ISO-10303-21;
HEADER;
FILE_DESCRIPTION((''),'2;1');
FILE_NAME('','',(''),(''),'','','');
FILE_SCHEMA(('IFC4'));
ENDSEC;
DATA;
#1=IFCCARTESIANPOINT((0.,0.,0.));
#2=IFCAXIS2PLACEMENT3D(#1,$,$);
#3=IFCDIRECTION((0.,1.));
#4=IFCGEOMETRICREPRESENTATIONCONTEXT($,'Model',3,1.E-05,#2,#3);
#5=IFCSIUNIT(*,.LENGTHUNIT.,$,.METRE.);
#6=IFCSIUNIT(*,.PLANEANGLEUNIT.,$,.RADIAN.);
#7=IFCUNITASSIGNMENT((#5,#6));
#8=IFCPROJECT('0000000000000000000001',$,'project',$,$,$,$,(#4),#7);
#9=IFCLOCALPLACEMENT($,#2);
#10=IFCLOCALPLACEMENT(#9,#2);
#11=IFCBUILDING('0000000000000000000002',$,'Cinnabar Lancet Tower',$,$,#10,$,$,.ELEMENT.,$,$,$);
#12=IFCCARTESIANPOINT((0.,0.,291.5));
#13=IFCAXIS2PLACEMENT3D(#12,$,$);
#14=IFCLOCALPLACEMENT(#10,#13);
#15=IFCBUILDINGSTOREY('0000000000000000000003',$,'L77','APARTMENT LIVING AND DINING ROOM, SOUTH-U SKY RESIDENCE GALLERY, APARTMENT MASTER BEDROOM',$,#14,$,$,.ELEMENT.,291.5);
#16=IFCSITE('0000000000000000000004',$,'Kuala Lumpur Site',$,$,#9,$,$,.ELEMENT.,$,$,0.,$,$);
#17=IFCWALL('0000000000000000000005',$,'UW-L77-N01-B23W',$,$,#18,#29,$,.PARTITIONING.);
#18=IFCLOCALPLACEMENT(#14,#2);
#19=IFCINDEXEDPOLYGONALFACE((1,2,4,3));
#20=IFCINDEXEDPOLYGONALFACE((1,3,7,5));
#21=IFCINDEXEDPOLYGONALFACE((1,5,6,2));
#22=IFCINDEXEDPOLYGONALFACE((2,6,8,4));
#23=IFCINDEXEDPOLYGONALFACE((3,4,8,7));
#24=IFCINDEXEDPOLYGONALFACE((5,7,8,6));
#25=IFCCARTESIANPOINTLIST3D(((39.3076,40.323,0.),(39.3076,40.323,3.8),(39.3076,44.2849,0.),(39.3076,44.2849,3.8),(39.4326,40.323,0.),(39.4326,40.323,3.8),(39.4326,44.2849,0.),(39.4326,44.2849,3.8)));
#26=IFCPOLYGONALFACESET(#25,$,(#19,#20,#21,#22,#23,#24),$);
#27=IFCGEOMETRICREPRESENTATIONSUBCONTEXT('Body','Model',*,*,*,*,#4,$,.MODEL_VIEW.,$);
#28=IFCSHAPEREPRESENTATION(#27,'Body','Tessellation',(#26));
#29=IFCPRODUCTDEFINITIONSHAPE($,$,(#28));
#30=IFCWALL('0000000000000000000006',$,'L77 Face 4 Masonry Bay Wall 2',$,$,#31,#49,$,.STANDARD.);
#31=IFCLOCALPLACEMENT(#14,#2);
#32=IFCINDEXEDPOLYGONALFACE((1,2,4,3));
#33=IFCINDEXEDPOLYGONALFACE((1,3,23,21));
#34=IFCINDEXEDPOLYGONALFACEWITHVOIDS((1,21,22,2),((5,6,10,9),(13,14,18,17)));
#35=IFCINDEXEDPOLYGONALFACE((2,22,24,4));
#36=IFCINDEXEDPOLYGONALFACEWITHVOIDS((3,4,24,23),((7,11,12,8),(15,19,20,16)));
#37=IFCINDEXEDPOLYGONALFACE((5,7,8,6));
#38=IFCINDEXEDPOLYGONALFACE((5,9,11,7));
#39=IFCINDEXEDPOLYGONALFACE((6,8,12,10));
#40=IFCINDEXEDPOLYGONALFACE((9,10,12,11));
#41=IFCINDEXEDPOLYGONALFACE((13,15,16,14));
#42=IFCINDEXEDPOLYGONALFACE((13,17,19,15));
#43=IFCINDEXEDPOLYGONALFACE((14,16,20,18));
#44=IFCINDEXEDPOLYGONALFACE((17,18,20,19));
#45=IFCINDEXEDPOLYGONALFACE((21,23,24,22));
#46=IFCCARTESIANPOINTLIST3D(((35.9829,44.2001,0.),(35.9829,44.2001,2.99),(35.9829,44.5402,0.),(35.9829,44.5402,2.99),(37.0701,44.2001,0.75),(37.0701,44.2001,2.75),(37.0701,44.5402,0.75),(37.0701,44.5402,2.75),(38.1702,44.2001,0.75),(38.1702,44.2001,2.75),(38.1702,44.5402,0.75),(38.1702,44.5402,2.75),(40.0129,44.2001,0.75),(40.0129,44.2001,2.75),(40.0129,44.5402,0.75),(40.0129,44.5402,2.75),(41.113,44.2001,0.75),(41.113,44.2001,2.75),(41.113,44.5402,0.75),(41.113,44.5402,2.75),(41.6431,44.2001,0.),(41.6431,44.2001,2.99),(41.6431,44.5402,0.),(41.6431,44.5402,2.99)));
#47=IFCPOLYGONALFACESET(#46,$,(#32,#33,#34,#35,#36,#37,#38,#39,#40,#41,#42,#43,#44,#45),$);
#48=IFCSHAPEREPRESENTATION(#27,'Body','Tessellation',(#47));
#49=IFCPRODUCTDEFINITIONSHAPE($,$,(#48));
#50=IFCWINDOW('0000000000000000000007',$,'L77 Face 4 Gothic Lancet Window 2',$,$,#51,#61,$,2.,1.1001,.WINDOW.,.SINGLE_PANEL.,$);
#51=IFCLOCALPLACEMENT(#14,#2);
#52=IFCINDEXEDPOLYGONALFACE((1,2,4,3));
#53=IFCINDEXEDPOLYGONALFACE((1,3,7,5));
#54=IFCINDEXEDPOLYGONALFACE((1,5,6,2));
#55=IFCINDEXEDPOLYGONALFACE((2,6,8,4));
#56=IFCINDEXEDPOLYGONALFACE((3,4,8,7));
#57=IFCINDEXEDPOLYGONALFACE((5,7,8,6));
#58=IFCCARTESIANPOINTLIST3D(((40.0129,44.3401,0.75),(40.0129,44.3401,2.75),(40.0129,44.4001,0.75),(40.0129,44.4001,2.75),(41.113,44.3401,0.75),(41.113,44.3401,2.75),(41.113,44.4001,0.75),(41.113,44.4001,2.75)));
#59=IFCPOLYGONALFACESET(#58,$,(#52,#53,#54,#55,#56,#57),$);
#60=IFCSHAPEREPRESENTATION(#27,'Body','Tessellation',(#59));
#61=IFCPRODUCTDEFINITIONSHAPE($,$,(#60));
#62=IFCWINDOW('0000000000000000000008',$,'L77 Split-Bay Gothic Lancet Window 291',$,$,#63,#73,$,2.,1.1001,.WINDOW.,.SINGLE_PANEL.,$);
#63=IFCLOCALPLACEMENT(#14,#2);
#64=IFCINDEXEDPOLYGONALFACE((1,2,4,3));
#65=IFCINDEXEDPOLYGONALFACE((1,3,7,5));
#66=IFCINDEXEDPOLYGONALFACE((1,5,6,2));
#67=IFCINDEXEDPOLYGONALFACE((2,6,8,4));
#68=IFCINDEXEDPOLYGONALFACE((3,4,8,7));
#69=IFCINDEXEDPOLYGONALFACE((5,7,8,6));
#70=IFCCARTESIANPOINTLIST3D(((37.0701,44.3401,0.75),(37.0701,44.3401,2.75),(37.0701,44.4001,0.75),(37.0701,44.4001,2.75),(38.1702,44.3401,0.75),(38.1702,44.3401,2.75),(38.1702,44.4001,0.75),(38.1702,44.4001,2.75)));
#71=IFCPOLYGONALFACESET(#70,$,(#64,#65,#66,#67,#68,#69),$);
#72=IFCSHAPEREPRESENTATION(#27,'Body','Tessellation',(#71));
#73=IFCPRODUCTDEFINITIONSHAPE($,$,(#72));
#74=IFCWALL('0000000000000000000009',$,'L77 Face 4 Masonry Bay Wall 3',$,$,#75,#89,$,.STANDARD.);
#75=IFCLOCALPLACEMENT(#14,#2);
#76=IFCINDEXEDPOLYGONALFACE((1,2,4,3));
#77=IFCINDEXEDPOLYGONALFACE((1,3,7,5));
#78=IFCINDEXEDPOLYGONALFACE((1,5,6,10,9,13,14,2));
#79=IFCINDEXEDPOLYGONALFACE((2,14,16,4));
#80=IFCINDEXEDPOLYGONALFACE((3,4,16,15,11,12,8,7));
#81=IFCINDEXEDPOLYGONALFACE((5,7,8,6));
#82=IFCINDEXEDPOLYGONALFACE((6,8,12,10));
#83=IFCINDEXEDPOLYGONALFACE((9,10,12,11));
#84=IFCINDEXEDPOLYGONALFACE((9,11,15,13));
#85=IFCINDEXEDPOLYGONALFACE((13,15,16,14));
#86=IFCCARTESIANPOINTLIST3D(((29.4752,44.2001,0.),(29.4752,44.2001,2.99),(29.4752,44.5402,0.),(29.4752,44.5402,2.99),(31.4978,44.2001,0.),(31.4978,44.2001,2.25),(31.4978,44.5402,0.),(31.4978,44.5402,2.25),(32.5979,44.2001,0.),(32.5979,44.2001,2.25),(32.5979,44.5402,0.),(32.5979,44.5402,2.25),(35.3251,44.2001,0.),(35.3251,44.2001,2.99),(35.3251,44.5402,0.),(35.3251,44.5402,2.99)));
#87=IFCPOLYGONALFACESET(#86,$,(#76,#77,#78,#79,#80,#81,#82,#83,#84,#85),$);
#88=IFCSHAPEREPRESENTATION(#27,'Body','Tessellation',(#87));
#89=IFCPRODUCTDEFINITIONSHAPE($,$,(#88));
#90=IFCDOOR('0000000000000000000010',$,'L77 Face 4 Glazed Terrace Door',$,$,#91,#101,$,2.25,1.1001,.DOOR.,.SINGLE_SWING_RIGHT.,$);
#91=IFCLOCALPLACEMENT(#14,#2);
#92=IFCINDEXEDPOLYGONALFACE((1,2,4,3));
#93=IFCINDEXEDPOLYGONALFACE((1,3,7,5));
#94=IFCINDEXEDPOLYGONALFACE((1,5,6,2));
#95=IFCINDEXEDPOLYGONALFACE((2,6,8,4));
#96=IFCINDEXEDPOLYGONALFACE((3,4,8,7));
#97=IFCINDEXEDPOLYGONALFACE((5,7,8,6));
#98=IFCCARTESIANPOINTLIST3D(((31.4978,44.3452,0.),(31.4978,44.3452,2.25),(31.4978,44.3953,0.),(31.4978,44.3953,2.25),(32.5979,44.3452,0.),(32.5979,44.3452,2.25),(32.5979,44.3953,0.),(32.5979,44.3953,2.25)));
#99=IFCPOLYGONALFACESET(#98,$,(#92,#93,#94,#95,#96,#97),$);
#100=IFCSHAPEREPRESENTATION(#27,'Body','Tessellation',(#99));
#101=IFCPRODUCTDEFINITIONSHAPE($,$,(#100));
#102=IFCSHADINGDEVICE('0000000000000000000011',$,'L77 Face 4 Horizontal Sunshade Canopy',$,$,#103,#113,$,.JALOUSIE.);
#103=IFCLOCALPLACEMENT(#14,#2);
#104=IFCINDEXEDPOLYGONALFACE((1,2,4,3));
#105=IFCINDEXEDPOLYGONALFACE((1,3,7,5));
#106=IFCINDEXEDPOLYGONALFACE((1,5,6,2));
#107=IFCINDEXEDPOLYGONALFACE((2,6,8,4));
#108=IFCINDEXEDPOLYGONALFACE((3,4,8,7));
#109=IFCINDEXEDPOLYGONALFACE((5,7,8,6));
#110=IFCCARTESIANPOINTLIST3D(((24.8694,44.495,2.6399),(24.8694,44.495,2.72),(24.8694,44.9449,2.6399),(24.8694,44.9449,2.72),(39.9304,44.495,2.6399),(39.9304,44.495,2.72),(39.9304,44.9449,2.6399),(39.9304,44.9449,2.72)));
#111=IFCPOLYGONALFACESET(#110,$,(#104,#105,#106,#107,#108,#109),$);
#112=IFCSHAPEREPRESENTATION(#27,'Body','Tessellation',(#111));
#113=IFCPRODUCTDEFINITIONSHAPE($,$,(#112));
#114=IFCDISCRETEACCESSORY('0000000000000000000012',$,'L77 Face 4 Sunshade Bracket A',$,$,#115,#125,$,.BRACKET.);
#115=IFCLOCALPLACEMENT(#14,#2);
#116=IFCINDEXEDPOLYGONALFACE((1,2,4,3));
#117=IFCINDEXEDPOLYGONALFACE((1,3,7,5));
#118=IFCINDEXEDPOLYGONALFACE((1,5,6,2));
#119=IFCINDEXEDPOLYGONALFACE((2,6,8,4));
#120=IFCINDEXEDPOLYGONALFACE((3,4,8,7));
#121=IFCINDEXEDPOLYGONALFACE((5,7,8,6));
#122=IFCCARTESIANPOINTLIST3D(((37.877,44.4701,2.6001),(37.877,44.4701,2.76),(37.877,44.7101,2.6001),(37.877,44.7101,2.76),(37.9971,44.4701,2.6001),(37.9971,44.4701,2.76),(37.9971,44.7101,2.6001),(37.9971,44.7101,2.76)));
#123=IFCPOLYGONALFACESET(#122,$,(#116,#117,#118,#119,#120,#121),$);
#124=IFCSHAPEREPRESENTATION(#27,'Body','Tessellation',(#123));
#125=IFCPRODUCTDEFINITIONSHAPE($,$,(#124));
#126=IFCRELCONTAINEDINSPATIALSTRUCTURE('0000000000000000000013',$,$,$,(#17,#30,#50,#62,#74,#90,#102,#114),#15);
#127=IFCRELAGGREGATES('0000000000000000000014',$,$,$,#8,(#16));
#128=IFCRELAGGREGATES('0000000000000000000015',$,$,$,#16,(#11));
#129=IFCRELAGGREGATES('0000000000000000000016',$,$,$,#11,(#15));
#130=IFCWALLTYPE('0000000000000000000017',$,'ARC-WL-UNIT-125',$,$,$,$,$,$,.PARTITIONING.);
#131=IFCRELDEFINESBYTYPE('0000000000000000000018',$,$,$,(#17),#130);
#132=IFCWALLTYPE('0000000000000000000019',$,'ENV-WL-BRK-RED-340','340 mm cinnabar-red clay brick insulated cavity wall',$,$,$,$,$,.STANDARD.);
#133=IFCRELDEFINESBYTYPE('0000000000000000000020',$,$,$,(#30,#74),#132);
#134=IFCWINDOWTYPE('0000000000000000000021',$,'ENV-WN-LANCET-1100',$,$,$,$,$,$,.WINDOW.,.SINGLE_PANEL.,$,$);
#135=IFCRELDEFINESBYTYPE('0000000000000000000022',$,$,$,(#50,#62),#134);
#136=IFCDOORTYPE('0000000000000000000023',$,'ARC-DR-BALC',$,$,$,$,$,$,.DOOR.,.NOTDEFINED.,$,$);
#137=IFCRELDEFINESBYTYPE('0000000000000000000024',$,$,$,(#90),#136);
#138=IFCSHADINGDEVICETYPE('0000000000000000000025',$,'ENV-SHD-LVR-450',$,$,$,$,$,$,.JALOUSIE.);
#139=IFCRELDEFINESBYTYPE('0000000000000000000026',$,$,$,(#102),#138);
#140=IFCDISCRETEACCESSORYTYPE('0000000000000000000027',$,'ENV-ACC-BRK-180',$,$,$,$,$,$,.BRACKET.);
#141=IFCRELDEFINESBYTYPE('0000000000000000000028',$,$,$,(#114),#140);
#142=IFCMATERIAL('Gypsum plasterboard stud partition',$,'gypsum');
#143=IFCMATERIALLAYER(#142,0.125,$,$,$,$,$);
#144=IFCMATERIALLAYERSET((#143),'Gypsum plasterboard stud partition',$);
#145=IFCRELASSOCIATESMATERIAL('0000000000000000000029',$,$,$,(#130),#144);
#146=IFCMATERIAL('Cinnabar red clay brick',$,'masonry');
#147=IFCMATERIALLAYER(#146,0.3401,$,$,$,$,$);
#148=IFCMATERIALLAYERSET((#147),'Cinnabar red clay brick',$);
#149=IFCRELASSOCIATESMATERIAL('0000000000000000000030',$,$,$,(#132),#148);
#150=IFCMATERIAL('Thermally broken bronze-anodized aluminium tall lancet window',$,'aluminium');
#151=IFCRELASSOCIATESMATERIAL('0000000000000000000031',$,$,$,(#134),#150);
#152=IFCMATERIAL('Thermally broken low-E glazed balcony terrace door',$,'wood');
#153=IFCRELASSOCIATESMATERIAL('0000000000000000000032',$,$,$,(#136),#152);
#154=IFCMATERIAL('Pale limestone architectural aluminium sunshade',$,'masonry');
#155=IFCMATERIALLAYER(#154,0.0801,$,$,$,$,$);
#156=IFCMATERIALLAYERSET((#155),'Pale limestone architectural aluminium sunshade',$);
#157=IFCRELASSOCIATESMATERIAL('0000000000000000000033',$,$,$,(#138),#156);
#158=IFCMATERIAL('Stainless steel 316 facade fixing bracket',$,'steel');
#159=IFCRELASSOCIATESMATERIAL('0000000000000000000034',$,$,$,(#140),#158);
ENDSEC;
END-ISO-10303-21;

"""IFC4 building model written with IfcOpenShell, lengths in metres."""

from ifc_helpers import new_model, si_unit, direction, frame, frame_2d, origin, origin_2d, place, context, subcontext, project, spatial, rectangle, extrude, material, layer, layer_set, type_object, element, fill, save


model = new_model("IFC4")

# Units and contexts
model_context = context("Model", 3, precision=1e-05, world=origin(), true_north=direction((0.0, 1.0)))
body_context = subcontext(model_context, "Body", "Model", "MODEL_VIEW")
ifc_project = project(units=[si_unit("LENGTHUNIT", "METRE"), si_unit("PLANEANGLEUNIT", "RADIAN")], contexts=[model_context])

# Site, building, storey
site_placement = place(None, origin())
site = spatial("IfcSite", under=ifc_project, at=site_placement, Name="Kuala Lumpur Site", CompositionType="ELEMENT", RefElevation=0.0)
building_placement = place(site_placement, origin())
building = spatial("IfcBuilding", under=site, at=building_placement, Name="Cinnabar Lancet Tower", CompositionType="ELEMENT")
storey_placement = place(building_placement, frame((0.0, 0.0, 291.5)))
storey = spatial("IfcBuildingStorey", under=building, at=storey_placement, Name="L77", Description="APARTMENT LIVING AND DINING ROOM, SOUTH-U SKY RESIDENCE GALLERY, APARTMENT MASTER BEDROOM", CompositionType="ELEMENT", Elevation=291.5)

# Shared definitions
ifc_material_1 = material(Name="Gypsum plasterboard stud partition", Category="gypsum")
ifc_layer_1 = layer(ifc_material_1, 0.125)
ifc_layer_set_1 = layer_set([ifc_layer_1], Name="Gypsum plasterboard stud partition")
wall_type_1 = type_object("IfcWallType", Name="ARC-WL-UNIT-125", PredefinedType="PARTITIONING", material=ifc_layer_set_1)

# Wall
for number, where, z_axis, x_axis, name in (
    (1, (39.3701, 40.323, 0.0), (0.0, 0.0, 1.0), (0.0, 1.0, 0.0), "UW-L77-N01-B23W"),
):
    element("IfcWall", number, at=place(storey_placement, frame(where, z_axis=z_axis, x_axis=x_axis)), inside=storey, type_object=wall_type_1, Name=name, PredefinedType="PARTITIONING", context=body_context, shape_type="SweptSolid", body=[
        extrude(rectangle(XDim=3.9619, YDim=0.125, at=frame_2d((1.981, 0.0))), origin(), (0.0, 0.0, 1.0), 3.8),
    ])

# Wall, openings, windows
ifc_material_2 = material(Name="Cinnabar red clay brick", Category="masonry")
ifc_layer_2 = layer(ifc_material_2, 0.3401)
ifc_layer_set_2 = layer_set([ifc_layer_2], Name="Cinnabar red clay brick")
wall_type_2 = type_object("IfcWallType", Name="ENV-WL-BRK-RED-340", Description="340 mm cinnabar-red clay brick insulated cavity wall", PredefinedType="STANDARD", material=ifc_layer_set_2)
wall_1_placement = place(storey_placement, frame((41.6431, 44.3701, 0.0), z_axis=(0.0, 0.0, 1.0), x_axis=(-1.0, 0.0, 0.0)))
wall_1 = element("IfcWall", 2, at=wall_1_placement, inside=storey, type_object=wall_type_2, Name="L77 Face 4 Masonry Bay Wall 2", PredefinedType="STANDARD", context=body_context, shape_type="SweptSolid", body=[
    extrude(rectangle(XDim=5.6602, YDim=0.3401, at=frame_2d((2.8301, 0.0))), origin(), (0.0, 0.0, 1.0), 2.99),
])
opening_1_placement = place(wall_1_placement, frame((0.53, 0.0, 0.75)))
opening_1 = element("IfcOpeningElement", 3, at=opening_1_placement, cuts=wall_1, PredefinedType="OPENING", context=body_context, shape_type="SweptSolid", body=[
    extrude(rectangle(XDim=1.1001, YDim=2.0, at=frame_2d((0.55, 1.0))), frame((0.0, 0.1799, 0.0), z_axis=(0.0, -1.0, 0.0), x_axis=(1.0, 0.0, 0.0)), (0.0, 0.0, 1.0), 0.3601),
])
opening_2_placement = place(wall_1_placement, frame((3.4729, 0.0, 0.75)))
opening_2 = element("IfcOpeningElement", 4, at=opening_2_placement, cuts=wall_1, PredefinedType="OPENING", context=body_context, shape_type="SweptSolid", body=[
    extrude(rectangle(XDim=1.1001, YDim=2.0, at=frame_2d((0.55, 1.0))), frame((0.0, 0.1799, 0.0), z_axis=(0.0, -1.0, 0.0), x_axis=(1.0, 0.0, 0.0)), (0.0, 0.0, 1.0), 0.3601),
])
ifc_material_3 = material(Name="Thermally broken bronze-anodized aluminium tall lancet window", Category="aluminium")
window_type = type_object("IfcWindowType", Name="ENV-WN-LANCET-1100", PartitioningType="SINGLE_PANEL", PredefinedType="WINDOW", material=ifc_material_3)
window_1_placement = place(opening_1_placement, origin())
window_1 = element("IfcWindow", 5, at=window_1_placement, inside=storey, type_object=window_type, Name="L77 Face 4 Gothic Lancet Window 2", OverallHeight=2.0, OverallWidth=1.1001, PartitioningType="SINGLE_PANEL", PredefinedType="WINDOW", context=body_context, shape_type="SweptSolid", body=[
    extrude(rectangle(XDim=1.1001, YDim=2.0, at=frame_2d((0.55, 1.0))), frame((0.0, 0.03, 0.0), z_axis=(0.0, -1.0, 0.0), x_axis=(1.0, 0.0, 0.0)), (0.0, 0.0, 1.0), 0.0601),
])
fill(opening_1, window_1)
window_2_placement = place(opening_2_placement, origin())
window_2 = element("IfcWindow", 6, at=window_2_placement, inside=storey, type_object=window_type, Name="L77 Split-Bay Gothic Lancet Window 291", OverallHeight=2.0, OverallWidth=1.1001, PartitioningType="SINGLE_PANEL", PredefinedType="WINDOW", context=body_context, shape_type="SweptSolid", body=[
    extrude(rectangle(XDim=1.1001, YDim=2.0, at=frame_2d((0.55, 1.0))), frame((0.0, 0.03, 0.0), z_axis=(0.0, -1.0, 0.0), x_axis=(1.0, 0.0, 0.0)), (0.0, 0.0, 1.0), 0.0601),
])
fill(opening_2, window_2)

# Wall, opening, door
wall_2_placement = place(storey_placement, frame((35.325, 44.3701, 0.0), z_axis=(0.0, 0.0, 1.0), x_axis=(-1.0, 0.0, 0.0)))
wall_2 = element("IfcWall", 7, at=wall_2_placement, inside=storey, type_object=wall_type_2, Name="L77 Face 4 Masonry Bay Wall 3", PredefinedType="STANDARD", context=body_context, shape_type="SweptSolid", body=[
    extrude(rectangle(XDim=5.8499, YDim=0.3401, at=frame_2d((2.9248, 0.0))), origin(), (0.0, 0.0, 1.0), 2.99),
])
opening_3_placement = place(wall_2_placement, frame((2.7271, 0.0, 0.0)))
opening_3 = element("IfcOpeningElement", 8, at=opening_3_placement, cuts=wall_2, PredefinedType="OPENING", context=body_context, shape_type="SweptSolid", body=[
    extrude(rectangle(XDim=1.1001, YDim=2.25, at=frame_2d((0.55, 1.125))), frame((0.0, 0.1799, 0.0), z_axis=(0.0, -1.0, 0.0), x_axis=(1.0, 0.0, 0.0)), (0.0, 0.0, 1.0), 0.3601),
])
ifc_material_4 = material(Name="Thermally broken low-E glazed balcony terrace door", Category="wood")
door_type_1 = type_object("IfcDoorType", Name="ARC-DR-BALC", OperationType="NOTDEFINED", PredefinedType="DOOR", material=ifc_material_4)
door_1_placement = place(opening_3_placement, origin())
door_1 = element("IfcDoor", 9, at=door_1_placement, inside=storey, type_object=door_type_1, Name="L77 Face 4 Glazed Terrace Door", OperationType="SINGLE_SWING_RIGHT", OverallHeight=2.25, OverallWidth=1.1001, PredefinedType="DOOR", context=body_context, shape_type="SweptSolid", body=[
    extrude(rectangle(XDim=1.1001, YDim=2.25, at=frame_2d((0.55, 1.125))), frame((0.0, 0.0249, 0.0), z_axis=(0.0, -1.0, 0.0), x_axis=(1.0, 0.0, 0.0)), (0.0, 0.0, 1.0), 0.05),
])
fill(opening_3, door_1)

# Shading device
ifc_material_5 = material(Name="Pale limestone architectural aluminium sunshade", Category="masonry")
ifc_layer_3 = layer(ifc_material_5, 0.0801)
ifc_layer_set_3 = layer_set([ifc_layer_3], Name="Pale limestone architectural aluminium sunshade")
shading_device_type = type_object("IfcShadingDeviceType", Name="ENV-SHD-LVR-450", PredefinedType="JALOUSIE", material=ifc_layer_set_3)
shading_device_placement = place(storey_placement, frame((32.3999, 44.72, 2.6399), z_axis=(0.0, 0.0, 1.0), x_axis=(-1.0, 0.0, 0.0)))
element("IfcShadingDevice", 10, at=shading_device_placement, inside=storey, type_object=shading_device_type, Name="L77 Face 4 Horizontal Sunshade Canopy", PredefinedType="JALOUSIE", context=body_context, shape_type="SweptSolid", body=[
    extrude(rectangle(XDim=15.061, YDim=0.45, at=origin_2d()), origin(), (0.0, 0.0, 1.0), 0.0801),
])

# Discrete accessory
ifc_material_6 = material(Name="Stainless steel 316 facade fixing bracket", Category="steel")
discrete_accessory_type = type_object("IfcDiscreteAccessoryType", Name="ENV-ACC-BRK-180", PredefinedType="BRACKET", material=ifc_material_6)
discrete_accessory_placement = place(storey_placement, frame((37.937, 44.5901, 2.6001), z_axis=(0.0, 0.0, 1.0), x_axis=(-1.0, 0.0, 0.0)))
element("IfcDiscreteAccessory", 11, at=discrete_accessory_placement, inside=storey, type_object=discrete_accessory_type, Name="L77 Face 4 Sunshade Bracket A", PredefinedType="BRACKET", context=body_context, shape_type="SweptSolid", body=[
    extrude(rectangle(XDim=0.1201, YDim=0.24, at=origin_2d()), origin(), (0.0, 0.0, 1.0), 0.1599),
])

save(model, "model.ifc")
